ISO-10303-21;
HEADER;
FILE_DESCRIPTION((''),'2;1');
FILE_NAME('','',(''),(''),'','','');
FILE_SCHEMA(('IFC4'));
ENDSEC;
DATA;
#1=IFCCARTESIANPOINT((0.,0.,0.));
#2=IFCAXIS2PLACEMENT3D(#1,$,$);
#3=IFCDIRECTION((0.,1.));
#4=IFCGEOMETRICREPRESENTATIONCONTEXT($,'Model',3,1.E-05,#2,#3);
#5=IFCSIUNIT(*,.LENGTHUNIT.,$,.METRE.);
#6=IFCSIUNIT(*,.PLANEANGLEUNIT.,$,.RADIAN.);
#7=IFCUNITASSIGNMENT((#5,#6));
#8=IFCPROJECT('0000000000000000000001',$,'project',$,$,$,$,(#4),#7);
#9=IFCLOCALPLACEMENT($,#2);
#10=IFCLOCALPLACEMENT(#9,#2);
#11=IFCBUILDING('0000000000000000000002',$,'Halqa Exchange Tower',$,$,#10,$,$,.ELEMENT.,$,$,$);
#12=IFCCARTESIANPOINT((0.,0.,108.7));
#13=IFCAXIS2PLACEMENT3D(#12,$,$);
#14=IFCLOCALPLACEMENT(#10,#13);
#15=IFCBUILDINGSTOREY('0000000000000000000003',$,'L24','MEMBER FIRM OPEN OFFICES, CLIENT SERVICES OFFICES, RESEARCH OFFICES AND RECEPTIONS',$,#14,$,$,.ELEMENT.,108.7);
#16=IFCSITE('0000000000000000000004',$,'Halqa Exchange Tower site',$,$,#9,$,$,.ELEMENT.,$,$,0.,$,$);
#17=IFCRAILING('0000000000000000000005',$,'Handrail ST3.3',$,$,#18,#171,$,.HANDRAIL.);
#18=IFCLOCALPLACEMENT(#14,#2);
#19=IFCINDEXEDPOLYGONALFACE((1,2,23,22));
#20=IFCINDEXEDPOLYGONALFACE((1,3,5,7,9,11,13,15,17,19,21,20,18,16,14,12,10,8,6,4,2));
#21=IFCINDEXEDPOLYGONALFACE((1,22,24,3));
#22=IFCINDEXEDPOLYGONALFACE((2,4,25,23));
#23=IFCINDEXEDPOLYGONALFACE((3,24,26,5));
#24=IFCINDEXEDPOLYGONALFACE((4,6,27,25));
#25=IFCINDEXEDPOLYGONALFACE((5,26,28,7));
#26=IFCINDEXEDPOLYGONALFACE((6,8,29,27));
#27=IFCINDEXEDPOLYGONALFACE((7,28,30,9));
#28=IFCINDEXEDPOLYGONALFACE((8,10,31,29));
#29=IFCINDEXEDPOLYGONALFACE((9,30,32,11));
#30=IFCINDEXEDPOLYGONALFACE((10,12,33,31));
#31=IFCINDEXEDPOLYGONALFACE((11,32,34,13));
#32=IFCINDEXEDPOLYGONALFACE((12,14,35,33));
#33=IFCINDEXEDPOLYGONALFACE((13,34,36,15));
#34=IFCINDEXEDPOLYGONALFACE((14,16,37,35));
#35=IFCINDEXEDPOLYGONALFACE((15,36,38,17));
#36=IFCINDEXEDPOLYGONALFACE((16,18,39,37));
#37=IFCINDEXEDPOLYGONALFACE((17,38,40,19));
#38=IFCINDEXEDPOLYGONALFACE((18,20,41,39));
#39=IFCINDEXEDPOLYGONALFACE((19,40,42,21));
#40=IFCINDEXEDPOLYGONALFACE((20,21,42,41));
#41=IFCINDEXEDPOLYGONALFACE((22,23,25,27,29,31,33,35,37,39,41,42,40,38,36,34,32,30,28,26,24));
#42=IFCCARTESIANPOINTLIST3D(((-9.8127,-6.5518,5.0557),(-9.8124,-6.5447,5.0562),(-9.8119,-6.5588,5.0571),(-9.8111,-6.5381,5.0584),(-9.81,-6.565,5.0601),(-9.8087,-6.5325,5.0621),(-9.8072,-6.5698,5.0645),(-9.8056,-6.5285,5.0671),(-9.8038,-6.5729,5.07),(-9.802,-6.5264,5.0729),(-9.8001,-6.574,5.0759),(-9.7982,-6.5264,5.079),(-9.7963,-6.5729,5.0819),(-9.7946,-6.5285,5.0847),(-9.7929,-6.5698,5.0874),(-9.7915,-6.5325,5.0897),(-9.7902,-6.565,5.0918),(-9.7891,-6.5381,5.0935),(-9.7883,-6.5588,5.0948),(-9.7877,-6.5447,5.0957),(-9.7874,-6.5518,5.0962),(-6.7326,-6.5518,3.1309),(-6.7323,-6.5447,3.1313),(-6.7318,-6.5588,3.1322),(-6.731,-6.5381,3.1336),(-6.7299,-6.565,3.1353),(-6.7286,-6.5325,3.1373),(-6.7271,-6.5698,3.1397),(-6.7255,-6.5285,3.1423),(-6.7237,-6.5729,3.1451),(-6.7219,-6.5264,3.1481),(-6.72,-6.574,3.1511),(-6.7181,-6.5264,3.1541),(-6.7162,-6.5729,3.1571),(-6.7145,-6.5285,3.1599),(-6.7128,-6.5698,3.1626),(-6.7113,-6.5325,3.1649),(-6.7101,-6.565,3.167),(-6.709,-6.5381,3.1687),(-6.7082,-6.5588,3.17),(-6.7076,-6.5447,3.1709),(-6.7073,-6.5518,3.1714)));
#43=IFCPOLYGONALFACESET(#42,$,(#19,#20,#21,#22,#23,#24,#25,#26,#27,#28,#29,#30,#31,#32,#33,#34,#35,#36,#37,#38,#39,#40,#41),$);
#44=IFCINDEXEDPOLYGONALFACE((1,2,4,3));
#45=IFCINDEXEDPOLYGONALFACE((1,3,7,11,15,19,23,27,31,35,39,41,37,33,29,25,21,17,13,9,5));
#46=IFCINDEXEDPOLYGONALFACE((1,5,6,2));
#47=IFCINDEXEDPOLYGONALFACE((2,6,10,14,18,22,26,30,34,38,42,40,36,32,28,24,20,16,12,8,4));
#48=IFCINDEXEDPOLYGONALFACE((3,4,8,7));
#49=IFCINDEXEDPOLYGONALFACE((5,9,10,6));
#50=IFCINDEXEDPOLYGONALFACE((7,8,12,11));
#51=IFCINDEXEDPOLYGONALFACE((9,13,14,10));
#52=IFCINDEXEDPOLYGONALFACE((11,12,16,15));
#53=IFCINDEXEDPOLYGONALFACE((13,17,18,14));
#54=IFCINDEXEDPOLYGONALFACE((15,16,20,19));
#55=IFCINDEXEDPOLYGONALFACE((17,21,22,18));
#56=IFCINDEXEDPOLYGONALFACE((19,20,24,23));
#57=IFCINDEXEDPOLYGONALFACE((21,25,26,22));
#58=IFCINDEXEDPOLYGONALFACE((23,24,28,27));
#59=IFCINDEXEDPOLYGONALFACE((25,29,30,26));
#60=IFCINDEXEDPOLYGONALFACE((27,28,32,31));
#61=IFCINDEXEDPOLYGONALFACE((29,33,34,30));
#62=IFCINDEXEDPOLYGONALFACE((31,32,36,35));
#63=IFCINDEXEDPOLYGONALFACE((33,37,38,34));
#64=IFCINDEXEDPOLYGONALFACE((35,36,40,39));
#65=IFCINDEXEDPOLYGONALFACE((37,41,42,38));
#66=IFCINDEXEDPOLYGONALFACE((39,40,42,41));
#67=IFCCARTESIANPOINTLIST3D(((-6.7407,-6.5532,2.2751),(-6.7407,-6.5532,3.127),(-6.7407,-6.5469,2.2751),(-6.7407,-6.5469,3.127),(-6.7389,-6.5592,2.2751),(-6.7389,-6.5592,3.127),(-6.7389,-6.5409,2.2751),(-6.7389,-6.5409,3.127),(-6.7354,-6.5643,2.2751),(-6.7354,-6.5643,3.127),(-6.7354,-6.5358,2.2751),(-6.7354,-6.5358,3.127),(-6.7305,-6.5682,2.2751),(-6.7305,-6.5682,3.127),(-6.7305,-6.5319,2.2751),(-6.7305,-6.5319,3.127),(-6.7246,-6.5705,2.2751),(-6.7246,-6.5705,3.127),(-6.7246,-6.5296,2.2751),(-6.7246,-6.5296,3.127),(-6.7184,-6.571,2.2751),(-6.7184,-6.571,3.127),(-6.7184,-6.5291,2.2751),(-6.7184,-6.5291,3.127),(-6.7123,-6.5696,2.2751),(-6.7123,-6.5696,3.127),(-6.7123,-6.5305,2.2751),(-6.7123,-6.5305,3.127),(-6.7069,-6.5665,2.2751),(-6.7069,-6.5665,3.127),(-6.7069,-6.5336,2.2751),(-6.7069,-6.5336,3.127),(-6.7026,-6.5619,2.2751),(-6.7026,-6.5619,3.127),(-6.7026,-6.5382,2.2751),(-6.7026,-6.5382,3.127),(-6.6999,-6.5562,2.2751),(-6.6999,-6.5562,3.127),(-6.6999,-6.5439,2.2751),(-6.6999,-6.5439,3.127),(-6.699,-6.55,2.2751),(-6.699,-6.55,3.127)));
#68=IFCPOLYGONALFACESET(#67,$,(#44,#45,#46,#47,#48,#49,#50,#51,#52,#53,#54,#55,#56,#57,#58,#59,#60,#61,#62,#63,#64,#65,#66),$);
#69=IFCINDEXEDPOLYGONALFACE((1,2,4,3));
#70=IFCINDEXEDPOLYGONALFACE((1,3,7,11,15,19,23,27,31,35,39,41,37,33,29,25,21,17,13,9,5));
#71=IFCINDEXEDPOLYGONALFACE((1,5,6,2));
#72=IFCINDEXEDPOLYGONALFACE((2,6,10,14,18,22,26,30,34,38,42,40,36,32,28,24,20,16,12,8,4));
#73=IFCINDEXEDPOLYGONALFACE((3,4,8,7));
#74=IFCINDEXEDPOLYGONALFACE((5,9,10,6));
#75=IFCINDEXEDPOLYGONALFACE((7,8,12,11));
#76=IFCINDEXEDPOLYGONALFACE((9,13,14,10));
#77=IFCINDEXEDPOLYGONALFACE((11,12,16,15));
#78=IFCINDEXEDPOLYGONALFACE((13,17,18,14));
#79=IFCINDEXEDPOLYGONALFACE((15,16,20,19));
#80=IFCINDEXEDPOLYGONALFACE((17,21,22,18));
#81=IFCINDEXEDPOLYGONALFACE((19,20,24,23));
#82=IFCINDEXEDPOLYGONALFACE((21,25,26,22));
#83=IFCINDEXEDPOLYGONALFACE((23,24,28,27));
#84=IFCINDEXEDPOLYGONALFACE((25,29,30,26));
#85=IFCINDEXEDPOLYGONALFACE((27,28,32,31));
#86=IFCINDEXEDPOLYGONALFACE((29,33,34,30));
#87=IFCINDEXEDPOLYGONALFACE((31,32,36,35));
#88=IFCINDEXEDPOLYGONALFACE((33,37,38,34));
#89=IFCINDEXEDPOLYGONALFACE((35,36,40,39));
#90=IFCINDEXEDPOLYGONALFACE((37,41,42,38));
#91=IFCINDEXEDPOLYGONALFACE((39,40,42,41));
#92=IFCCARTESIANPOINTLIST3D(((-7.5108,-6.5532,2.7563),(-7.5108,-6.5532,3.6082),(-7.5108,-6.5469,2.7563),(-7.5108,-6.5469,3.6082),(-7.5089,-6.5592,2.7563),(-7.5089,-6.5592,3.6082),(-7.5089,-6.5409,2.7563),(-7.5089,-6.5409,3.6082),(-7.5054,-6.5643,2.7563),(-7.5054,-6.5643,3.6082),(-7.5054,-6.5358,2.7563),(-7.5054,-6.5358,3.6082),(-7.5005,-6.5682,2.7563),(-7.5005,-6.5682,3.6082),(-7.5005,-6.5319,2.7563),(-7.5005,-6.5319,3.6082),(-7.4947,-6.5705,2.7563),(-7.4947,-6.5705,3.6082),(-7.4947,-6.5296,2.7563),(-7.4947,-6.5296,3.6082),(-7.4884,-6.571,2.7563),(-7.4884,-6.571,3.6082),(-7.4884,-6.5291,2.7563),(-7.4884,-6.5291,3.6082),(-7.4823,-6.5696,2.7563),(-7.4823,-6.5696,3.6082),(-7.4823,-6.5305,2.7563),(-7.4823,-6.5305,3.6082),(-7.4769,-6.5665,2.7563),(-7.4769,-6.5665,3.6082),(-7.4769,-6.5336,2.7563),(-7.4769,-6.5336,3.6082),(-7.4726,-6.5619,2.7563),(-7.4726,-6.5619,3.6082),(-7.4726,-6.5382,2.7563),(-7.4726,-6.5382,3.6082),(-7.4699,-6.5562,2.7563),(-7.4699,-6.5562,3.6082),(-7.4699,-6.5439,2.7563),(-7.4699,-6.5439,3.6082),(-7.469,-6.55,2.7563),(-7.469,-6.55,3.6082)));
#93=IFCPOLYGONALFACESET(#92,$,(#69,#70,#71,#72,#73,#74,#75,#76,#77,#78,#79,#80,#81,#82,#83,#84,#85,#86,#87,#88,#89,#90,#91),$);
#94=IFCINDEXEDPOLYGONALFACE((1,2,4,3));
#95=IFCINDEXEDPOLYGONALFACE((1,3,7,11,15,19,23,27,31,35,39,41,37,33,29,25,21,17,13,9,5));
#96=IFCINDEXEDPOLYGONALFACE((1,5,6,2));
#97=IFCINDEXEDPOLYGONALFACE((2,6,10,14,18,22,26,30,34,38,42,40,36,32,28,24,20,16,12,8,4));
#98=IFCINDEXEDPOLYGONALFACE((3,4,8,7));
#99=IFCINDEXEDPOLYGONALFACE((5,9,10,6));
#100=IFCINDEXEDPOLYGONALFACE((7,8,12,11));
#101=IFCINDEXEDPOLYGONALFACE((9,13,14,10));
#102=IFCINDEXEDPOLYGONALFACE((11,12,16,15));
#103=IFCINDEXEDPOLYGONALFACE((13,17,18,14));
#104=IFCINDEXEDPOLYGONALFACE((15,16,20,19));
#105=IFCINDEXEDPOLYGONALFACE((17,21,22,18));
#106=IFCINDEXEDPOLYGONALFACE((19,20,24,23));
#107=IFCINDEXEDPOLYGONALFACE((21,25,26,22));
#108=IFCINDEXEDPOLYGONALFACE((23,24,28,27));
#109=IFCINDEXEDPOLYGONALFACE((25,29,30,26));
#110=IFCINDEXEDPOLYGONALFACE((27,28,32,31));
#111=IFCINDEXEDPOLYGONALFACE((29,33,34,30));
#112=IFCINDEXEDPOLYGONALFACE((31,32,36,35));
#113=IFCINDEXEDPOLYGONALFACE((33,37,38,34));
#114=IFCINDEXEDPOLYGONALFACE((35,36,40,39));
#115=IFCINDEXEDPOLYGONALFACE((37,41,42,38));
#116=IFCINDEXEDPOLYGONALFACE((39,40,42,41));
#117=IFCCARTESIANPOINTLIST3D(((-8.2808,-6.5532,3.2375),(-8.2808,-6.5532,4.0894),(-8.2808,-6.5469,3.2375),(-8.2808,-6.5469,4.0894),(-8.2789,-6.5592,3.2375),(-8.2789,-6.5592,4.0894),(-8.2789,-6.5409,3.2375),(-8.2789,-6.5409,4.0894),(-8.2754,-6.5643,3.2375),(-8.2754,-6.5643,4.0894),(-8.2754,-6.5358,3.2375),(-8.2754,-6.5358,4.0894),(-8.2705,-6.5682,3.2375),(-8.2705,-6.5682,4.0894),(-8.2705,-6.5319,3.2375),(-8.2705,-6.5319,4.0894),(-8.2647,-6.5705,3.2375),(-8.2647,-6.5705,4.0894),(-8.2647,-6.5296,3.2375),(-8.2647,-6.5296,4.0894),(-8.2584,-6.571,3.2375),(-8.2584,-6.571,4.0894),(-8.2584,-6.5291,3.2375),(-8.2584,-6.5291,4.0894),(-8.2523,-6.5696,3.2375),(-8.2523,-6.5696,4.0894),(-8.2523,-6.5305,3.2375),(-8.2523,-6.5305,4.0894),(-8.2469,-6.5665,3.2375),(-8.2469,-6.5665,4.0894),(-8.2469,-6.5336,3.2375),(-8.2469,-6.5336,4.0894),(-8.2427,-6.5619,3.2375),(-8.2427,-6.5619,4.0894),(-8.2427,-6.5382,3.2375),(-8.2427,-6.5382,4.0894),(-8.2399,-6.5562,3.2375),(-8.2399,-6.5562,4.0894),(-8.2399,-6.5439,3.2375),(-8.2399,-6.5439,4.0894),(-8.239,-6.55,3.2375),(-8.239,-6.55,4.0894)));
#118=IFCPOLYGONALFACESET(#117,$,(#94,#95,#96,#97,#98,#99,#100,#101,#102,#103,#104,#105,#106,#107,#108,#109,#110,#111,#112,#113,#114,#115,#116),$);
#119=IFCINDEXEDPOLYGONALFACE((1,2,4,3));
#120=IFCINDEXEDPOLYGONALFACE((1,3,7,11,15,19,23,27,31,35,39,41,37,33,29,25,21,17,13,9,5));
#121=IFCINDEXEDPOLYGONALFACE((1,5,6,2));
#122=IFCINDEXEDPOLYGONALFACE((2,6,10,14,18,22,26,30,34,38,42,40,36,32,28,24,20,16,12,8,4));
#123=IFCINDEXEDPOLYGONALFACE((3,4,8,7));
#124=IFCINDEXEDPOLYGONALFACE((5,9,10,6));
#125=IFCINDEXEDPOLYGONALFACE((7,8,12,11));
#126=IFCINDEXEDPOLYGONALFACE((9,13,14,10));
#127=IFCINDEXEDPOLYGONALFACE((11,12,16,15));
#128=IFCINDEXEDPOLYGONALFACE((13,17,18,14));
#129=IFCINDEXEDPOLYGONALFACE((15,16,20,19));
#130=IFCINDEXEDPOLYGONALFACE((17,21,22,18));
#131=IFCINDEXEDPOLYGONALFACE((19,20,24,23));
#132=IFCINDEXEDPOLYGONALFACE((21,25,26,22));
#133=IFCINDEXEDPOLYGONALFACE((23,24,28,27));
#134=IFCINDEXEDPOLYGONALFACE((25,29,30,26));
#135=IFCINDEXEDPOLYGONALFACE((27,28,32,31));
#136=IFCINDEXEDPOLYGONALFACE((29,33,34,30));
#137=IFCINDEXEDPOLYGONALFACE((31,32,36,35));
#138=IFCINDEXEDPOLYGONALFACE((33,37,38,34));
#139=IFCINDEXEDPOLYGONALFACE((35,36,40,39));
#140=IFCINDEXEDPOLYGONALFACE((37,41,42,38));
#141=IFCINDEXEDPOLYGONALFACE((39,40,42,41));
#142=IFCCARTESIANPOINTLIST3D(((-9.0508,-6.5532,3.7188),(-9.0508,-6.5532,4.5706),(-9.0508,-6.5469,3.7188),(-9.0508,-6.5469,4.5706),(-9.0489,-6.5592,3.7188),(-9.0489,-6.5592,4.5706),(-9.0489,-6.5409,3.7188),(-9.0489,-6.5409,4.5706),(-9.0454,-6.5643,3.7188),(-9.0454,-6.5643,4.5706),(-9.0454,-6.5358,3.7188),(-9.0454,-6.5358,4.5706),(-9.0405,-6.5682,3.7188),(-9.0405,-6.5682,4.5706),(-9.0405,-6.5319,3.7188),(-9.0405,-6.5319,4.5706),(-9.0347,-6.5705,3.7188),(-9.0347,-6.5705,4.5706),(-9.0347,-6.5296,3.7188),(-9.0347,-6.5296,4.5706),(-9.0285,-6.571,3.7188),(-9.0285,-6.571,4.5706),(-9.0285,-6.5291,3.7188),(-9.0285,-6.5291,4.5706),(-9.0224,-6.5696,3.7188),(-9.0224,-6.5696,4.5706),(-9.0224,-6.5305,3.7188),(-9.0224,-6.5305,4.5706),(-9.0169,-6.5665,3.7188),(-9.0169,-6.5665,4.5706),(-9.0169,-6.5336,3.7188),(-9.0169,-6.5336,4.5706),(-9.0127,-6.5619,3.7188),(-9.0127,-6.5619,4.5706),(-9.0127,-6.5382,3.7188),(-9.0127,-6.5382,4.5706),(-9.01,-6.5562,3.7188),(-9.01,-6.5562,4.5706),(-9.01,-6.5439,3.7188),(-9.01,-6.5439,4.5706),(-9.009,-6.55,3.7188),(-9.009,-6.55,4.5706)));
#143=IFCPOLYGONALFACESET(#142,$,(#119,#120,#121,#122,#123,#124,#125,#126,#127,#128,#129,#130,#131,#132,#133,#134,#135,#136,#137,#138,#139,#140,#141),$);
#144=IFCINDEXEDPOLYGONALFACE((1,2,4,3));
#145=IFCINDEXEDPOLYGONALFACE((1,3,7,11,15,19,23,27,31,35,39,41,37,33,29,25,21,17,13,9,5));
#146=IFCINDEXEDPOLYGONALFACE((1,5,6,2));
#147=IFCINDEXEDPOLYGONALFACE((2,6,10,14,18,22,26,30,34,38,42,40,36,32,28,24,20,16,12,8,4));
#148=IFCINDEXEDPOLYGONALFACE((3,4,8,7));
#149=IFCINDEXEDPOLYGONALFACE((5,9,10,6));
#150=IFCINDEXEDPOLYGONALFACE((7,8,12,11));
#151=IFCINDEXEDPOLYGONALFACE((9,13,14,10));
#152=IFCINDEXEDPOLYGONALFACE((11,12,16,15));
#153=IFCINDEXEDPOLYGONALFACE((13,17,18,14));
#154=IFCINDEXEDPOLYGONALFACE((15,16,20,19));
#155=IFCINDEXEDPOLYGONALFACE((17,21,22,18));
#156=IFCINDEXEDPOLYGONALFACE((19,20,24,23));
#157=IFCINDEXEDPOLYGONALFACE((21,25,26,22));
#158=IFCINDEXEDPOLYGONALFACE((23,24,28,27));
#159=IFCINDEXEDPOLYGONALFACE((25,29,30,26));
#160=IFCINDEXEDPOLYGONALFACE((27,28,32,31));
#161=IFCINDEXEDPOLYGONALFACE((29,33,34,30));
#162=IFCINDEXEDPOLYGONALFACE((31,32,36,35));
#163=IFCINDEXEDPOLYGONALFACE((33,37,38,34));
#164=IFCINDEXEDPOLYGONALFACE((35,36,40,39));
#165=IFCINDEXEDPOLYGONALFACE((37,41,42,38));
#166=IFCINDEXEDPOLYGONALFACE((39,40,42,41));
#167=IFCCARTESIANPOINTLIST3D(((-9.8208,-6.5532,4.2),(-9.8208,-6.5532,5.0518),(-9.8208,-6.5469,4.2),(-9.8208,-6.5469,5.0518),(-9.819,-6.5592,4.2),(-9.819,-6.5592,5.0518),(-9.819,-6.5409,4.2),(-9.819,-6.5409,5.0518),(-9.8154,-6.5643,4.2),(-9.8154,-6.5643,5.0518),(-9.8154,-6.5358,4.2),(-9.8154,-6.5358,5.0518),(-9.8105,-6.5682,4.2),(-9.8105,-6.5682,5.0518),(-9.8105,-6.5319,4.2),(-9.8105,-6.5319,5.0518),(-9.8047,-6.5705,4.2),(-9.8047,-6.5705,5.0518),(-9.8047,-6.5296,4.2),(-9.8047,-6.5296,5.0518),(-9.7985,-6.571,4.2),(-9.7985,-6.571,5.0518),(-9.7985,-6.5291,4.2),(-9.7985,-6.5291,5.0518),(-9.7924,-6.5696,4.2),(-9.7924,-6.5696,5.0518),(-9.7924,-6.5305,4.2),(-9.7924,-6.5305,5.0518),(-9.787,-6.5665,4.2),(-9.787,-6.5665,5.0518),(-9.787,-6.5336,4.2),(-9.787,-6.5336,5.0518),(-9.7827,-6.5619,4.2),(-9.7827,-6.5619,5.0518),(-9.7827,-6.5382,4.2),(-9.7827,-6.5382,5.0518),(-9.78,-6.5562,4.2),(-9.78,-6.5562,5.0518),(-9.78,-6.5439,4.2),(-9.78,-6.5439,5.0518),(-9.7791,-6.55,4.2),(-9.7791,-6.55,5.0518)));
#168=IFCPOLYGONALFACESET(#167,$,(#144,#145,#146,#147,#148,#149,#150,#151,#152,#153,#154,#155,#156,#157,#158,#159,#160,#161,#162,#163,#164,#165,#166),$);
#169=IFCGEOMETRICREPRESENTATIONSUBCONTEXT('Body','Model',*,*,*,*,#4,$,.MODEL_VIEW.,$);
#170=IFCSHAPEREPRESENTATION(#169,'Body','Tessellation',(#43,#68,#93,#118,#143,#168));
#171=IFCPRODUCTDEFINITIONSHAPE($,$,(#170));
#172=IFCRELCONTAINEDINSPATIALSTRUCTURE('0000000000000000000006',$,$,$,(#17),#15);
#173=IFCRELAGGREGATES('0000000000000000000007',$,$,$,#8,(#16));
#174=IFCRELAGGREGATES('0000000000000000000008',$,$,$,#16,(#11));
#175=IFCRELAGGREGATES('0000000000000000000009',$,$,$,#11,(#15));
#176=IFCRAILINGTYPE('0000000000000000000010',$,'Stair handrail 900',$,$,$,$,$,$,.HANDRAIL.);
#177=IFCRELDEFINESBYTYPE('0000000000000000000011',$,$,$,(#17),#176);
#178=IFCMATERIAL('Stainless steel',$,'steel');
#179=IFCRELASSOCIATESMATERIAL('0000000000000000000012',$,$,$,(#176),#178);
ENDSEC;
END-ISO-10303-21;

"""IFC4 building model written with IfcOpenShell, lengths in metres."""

from ifc_helpers import new_model, si_unit, direction, frame, origin, origin_2d, place, context, subcontext, project, spatial, circle, extrude, material, type_object, element, save


model = new_model("IFC4")

# Units and contexts
model_context = context("Model", 3, precision=1e-05, world=origin(), true_north=direction((0.0, 1.0)))
body_context = subcontext(model_context, "Body", "Model", "MODEL_VIEW")
ifc_project = project(units=[si_unit("LENGTHUNIT", "METRE"), si_unit("PLANEANGLEUNIT", "RADIAN")], contexts=[model_context])

# Site, building, storey
site_placement = place(None, origin())
site = spatial("IfcSite", under=ifc_project, at=site_placement, Name="Halqa Exchange Tower site", CompositionType="ELEMENT", RefElevation=0.0)
building_placement = place(site_placement, origin())
building = spatial("IfcBuilding", under=site, at=building_placement, Name="Halqa Exchange Tower", CompositionType="ELEMENT")
storey_placement = place(building_placement, frame((0.0, 0.0, 108.7)))
storey = spatial("IfcBuildingStorey", under=building, at=storey_placement, Name="L24", Description="MEMBER FIRM OPEN OFFICES, CLIENT SERVICES OFFICES, RESEARCH OFFICES AND RECEPTIONS", CompositionType="ELEMENT", Elevation=108.7)

# Shared definitions
ifc_material_1 = material(Name="Stainless steel", Category="steel")

# Railing
railing_type_1 = type_object("IfcRailingType", Name="Stair handrail 900", PredefinedType="HANDRAIL", material=ifc_material_1)
railing_1_placement = place(storey_placement, frame((-6.72, -6.55, 2.2751)))
element("IfcRailing", 1, at=railing_1_placement, inside=storey, type_object=railing_type_1, Name="Handrail ST3.3", PredefinedType="HANDRAIL", context=body_context, shape_type="SweptSolid", body=[
    extrude(circle(Radius=0.0239, at=origin_2d()), frame((0.0, 0.0, 0.876), z_axis=(-0.848029, 0.0, 0.529951), x_axis=(0.0, -1.0, 0.0)), (0.0, 0.0, 1.0), 3.6321),
    extrude(circle(Radius=0.021, at=origin_2d()), origin(), (0.0, 0.0, 1.0), 0.8518),
    extrude(circle(Radius=0.021, at=origin_2d()), frame((-0.77, 0.0, 0.4812)), (0.0, 0.0, 1.0), 0.8518),
    extrude(circle(Radius=0.021, at=origin_2d()), frame((-1.54, 0.0, 0.9624)), (0.0, 0.0, 1.0), 0.8518),
    extrude(circle(Radius=0.021, at=origin_2d()), frame((-2.3101, 0.0, 1.4436)), (0.0, 0.0, 1.0), 0.8518),
    extrude(circle(Radius=0.021, at=origin_2d()), frame((-3.0801, 0.0, 1.9248)), (0.0, 0.0, 1.0), 0.8518),
])

save(model, "model.ifc")
